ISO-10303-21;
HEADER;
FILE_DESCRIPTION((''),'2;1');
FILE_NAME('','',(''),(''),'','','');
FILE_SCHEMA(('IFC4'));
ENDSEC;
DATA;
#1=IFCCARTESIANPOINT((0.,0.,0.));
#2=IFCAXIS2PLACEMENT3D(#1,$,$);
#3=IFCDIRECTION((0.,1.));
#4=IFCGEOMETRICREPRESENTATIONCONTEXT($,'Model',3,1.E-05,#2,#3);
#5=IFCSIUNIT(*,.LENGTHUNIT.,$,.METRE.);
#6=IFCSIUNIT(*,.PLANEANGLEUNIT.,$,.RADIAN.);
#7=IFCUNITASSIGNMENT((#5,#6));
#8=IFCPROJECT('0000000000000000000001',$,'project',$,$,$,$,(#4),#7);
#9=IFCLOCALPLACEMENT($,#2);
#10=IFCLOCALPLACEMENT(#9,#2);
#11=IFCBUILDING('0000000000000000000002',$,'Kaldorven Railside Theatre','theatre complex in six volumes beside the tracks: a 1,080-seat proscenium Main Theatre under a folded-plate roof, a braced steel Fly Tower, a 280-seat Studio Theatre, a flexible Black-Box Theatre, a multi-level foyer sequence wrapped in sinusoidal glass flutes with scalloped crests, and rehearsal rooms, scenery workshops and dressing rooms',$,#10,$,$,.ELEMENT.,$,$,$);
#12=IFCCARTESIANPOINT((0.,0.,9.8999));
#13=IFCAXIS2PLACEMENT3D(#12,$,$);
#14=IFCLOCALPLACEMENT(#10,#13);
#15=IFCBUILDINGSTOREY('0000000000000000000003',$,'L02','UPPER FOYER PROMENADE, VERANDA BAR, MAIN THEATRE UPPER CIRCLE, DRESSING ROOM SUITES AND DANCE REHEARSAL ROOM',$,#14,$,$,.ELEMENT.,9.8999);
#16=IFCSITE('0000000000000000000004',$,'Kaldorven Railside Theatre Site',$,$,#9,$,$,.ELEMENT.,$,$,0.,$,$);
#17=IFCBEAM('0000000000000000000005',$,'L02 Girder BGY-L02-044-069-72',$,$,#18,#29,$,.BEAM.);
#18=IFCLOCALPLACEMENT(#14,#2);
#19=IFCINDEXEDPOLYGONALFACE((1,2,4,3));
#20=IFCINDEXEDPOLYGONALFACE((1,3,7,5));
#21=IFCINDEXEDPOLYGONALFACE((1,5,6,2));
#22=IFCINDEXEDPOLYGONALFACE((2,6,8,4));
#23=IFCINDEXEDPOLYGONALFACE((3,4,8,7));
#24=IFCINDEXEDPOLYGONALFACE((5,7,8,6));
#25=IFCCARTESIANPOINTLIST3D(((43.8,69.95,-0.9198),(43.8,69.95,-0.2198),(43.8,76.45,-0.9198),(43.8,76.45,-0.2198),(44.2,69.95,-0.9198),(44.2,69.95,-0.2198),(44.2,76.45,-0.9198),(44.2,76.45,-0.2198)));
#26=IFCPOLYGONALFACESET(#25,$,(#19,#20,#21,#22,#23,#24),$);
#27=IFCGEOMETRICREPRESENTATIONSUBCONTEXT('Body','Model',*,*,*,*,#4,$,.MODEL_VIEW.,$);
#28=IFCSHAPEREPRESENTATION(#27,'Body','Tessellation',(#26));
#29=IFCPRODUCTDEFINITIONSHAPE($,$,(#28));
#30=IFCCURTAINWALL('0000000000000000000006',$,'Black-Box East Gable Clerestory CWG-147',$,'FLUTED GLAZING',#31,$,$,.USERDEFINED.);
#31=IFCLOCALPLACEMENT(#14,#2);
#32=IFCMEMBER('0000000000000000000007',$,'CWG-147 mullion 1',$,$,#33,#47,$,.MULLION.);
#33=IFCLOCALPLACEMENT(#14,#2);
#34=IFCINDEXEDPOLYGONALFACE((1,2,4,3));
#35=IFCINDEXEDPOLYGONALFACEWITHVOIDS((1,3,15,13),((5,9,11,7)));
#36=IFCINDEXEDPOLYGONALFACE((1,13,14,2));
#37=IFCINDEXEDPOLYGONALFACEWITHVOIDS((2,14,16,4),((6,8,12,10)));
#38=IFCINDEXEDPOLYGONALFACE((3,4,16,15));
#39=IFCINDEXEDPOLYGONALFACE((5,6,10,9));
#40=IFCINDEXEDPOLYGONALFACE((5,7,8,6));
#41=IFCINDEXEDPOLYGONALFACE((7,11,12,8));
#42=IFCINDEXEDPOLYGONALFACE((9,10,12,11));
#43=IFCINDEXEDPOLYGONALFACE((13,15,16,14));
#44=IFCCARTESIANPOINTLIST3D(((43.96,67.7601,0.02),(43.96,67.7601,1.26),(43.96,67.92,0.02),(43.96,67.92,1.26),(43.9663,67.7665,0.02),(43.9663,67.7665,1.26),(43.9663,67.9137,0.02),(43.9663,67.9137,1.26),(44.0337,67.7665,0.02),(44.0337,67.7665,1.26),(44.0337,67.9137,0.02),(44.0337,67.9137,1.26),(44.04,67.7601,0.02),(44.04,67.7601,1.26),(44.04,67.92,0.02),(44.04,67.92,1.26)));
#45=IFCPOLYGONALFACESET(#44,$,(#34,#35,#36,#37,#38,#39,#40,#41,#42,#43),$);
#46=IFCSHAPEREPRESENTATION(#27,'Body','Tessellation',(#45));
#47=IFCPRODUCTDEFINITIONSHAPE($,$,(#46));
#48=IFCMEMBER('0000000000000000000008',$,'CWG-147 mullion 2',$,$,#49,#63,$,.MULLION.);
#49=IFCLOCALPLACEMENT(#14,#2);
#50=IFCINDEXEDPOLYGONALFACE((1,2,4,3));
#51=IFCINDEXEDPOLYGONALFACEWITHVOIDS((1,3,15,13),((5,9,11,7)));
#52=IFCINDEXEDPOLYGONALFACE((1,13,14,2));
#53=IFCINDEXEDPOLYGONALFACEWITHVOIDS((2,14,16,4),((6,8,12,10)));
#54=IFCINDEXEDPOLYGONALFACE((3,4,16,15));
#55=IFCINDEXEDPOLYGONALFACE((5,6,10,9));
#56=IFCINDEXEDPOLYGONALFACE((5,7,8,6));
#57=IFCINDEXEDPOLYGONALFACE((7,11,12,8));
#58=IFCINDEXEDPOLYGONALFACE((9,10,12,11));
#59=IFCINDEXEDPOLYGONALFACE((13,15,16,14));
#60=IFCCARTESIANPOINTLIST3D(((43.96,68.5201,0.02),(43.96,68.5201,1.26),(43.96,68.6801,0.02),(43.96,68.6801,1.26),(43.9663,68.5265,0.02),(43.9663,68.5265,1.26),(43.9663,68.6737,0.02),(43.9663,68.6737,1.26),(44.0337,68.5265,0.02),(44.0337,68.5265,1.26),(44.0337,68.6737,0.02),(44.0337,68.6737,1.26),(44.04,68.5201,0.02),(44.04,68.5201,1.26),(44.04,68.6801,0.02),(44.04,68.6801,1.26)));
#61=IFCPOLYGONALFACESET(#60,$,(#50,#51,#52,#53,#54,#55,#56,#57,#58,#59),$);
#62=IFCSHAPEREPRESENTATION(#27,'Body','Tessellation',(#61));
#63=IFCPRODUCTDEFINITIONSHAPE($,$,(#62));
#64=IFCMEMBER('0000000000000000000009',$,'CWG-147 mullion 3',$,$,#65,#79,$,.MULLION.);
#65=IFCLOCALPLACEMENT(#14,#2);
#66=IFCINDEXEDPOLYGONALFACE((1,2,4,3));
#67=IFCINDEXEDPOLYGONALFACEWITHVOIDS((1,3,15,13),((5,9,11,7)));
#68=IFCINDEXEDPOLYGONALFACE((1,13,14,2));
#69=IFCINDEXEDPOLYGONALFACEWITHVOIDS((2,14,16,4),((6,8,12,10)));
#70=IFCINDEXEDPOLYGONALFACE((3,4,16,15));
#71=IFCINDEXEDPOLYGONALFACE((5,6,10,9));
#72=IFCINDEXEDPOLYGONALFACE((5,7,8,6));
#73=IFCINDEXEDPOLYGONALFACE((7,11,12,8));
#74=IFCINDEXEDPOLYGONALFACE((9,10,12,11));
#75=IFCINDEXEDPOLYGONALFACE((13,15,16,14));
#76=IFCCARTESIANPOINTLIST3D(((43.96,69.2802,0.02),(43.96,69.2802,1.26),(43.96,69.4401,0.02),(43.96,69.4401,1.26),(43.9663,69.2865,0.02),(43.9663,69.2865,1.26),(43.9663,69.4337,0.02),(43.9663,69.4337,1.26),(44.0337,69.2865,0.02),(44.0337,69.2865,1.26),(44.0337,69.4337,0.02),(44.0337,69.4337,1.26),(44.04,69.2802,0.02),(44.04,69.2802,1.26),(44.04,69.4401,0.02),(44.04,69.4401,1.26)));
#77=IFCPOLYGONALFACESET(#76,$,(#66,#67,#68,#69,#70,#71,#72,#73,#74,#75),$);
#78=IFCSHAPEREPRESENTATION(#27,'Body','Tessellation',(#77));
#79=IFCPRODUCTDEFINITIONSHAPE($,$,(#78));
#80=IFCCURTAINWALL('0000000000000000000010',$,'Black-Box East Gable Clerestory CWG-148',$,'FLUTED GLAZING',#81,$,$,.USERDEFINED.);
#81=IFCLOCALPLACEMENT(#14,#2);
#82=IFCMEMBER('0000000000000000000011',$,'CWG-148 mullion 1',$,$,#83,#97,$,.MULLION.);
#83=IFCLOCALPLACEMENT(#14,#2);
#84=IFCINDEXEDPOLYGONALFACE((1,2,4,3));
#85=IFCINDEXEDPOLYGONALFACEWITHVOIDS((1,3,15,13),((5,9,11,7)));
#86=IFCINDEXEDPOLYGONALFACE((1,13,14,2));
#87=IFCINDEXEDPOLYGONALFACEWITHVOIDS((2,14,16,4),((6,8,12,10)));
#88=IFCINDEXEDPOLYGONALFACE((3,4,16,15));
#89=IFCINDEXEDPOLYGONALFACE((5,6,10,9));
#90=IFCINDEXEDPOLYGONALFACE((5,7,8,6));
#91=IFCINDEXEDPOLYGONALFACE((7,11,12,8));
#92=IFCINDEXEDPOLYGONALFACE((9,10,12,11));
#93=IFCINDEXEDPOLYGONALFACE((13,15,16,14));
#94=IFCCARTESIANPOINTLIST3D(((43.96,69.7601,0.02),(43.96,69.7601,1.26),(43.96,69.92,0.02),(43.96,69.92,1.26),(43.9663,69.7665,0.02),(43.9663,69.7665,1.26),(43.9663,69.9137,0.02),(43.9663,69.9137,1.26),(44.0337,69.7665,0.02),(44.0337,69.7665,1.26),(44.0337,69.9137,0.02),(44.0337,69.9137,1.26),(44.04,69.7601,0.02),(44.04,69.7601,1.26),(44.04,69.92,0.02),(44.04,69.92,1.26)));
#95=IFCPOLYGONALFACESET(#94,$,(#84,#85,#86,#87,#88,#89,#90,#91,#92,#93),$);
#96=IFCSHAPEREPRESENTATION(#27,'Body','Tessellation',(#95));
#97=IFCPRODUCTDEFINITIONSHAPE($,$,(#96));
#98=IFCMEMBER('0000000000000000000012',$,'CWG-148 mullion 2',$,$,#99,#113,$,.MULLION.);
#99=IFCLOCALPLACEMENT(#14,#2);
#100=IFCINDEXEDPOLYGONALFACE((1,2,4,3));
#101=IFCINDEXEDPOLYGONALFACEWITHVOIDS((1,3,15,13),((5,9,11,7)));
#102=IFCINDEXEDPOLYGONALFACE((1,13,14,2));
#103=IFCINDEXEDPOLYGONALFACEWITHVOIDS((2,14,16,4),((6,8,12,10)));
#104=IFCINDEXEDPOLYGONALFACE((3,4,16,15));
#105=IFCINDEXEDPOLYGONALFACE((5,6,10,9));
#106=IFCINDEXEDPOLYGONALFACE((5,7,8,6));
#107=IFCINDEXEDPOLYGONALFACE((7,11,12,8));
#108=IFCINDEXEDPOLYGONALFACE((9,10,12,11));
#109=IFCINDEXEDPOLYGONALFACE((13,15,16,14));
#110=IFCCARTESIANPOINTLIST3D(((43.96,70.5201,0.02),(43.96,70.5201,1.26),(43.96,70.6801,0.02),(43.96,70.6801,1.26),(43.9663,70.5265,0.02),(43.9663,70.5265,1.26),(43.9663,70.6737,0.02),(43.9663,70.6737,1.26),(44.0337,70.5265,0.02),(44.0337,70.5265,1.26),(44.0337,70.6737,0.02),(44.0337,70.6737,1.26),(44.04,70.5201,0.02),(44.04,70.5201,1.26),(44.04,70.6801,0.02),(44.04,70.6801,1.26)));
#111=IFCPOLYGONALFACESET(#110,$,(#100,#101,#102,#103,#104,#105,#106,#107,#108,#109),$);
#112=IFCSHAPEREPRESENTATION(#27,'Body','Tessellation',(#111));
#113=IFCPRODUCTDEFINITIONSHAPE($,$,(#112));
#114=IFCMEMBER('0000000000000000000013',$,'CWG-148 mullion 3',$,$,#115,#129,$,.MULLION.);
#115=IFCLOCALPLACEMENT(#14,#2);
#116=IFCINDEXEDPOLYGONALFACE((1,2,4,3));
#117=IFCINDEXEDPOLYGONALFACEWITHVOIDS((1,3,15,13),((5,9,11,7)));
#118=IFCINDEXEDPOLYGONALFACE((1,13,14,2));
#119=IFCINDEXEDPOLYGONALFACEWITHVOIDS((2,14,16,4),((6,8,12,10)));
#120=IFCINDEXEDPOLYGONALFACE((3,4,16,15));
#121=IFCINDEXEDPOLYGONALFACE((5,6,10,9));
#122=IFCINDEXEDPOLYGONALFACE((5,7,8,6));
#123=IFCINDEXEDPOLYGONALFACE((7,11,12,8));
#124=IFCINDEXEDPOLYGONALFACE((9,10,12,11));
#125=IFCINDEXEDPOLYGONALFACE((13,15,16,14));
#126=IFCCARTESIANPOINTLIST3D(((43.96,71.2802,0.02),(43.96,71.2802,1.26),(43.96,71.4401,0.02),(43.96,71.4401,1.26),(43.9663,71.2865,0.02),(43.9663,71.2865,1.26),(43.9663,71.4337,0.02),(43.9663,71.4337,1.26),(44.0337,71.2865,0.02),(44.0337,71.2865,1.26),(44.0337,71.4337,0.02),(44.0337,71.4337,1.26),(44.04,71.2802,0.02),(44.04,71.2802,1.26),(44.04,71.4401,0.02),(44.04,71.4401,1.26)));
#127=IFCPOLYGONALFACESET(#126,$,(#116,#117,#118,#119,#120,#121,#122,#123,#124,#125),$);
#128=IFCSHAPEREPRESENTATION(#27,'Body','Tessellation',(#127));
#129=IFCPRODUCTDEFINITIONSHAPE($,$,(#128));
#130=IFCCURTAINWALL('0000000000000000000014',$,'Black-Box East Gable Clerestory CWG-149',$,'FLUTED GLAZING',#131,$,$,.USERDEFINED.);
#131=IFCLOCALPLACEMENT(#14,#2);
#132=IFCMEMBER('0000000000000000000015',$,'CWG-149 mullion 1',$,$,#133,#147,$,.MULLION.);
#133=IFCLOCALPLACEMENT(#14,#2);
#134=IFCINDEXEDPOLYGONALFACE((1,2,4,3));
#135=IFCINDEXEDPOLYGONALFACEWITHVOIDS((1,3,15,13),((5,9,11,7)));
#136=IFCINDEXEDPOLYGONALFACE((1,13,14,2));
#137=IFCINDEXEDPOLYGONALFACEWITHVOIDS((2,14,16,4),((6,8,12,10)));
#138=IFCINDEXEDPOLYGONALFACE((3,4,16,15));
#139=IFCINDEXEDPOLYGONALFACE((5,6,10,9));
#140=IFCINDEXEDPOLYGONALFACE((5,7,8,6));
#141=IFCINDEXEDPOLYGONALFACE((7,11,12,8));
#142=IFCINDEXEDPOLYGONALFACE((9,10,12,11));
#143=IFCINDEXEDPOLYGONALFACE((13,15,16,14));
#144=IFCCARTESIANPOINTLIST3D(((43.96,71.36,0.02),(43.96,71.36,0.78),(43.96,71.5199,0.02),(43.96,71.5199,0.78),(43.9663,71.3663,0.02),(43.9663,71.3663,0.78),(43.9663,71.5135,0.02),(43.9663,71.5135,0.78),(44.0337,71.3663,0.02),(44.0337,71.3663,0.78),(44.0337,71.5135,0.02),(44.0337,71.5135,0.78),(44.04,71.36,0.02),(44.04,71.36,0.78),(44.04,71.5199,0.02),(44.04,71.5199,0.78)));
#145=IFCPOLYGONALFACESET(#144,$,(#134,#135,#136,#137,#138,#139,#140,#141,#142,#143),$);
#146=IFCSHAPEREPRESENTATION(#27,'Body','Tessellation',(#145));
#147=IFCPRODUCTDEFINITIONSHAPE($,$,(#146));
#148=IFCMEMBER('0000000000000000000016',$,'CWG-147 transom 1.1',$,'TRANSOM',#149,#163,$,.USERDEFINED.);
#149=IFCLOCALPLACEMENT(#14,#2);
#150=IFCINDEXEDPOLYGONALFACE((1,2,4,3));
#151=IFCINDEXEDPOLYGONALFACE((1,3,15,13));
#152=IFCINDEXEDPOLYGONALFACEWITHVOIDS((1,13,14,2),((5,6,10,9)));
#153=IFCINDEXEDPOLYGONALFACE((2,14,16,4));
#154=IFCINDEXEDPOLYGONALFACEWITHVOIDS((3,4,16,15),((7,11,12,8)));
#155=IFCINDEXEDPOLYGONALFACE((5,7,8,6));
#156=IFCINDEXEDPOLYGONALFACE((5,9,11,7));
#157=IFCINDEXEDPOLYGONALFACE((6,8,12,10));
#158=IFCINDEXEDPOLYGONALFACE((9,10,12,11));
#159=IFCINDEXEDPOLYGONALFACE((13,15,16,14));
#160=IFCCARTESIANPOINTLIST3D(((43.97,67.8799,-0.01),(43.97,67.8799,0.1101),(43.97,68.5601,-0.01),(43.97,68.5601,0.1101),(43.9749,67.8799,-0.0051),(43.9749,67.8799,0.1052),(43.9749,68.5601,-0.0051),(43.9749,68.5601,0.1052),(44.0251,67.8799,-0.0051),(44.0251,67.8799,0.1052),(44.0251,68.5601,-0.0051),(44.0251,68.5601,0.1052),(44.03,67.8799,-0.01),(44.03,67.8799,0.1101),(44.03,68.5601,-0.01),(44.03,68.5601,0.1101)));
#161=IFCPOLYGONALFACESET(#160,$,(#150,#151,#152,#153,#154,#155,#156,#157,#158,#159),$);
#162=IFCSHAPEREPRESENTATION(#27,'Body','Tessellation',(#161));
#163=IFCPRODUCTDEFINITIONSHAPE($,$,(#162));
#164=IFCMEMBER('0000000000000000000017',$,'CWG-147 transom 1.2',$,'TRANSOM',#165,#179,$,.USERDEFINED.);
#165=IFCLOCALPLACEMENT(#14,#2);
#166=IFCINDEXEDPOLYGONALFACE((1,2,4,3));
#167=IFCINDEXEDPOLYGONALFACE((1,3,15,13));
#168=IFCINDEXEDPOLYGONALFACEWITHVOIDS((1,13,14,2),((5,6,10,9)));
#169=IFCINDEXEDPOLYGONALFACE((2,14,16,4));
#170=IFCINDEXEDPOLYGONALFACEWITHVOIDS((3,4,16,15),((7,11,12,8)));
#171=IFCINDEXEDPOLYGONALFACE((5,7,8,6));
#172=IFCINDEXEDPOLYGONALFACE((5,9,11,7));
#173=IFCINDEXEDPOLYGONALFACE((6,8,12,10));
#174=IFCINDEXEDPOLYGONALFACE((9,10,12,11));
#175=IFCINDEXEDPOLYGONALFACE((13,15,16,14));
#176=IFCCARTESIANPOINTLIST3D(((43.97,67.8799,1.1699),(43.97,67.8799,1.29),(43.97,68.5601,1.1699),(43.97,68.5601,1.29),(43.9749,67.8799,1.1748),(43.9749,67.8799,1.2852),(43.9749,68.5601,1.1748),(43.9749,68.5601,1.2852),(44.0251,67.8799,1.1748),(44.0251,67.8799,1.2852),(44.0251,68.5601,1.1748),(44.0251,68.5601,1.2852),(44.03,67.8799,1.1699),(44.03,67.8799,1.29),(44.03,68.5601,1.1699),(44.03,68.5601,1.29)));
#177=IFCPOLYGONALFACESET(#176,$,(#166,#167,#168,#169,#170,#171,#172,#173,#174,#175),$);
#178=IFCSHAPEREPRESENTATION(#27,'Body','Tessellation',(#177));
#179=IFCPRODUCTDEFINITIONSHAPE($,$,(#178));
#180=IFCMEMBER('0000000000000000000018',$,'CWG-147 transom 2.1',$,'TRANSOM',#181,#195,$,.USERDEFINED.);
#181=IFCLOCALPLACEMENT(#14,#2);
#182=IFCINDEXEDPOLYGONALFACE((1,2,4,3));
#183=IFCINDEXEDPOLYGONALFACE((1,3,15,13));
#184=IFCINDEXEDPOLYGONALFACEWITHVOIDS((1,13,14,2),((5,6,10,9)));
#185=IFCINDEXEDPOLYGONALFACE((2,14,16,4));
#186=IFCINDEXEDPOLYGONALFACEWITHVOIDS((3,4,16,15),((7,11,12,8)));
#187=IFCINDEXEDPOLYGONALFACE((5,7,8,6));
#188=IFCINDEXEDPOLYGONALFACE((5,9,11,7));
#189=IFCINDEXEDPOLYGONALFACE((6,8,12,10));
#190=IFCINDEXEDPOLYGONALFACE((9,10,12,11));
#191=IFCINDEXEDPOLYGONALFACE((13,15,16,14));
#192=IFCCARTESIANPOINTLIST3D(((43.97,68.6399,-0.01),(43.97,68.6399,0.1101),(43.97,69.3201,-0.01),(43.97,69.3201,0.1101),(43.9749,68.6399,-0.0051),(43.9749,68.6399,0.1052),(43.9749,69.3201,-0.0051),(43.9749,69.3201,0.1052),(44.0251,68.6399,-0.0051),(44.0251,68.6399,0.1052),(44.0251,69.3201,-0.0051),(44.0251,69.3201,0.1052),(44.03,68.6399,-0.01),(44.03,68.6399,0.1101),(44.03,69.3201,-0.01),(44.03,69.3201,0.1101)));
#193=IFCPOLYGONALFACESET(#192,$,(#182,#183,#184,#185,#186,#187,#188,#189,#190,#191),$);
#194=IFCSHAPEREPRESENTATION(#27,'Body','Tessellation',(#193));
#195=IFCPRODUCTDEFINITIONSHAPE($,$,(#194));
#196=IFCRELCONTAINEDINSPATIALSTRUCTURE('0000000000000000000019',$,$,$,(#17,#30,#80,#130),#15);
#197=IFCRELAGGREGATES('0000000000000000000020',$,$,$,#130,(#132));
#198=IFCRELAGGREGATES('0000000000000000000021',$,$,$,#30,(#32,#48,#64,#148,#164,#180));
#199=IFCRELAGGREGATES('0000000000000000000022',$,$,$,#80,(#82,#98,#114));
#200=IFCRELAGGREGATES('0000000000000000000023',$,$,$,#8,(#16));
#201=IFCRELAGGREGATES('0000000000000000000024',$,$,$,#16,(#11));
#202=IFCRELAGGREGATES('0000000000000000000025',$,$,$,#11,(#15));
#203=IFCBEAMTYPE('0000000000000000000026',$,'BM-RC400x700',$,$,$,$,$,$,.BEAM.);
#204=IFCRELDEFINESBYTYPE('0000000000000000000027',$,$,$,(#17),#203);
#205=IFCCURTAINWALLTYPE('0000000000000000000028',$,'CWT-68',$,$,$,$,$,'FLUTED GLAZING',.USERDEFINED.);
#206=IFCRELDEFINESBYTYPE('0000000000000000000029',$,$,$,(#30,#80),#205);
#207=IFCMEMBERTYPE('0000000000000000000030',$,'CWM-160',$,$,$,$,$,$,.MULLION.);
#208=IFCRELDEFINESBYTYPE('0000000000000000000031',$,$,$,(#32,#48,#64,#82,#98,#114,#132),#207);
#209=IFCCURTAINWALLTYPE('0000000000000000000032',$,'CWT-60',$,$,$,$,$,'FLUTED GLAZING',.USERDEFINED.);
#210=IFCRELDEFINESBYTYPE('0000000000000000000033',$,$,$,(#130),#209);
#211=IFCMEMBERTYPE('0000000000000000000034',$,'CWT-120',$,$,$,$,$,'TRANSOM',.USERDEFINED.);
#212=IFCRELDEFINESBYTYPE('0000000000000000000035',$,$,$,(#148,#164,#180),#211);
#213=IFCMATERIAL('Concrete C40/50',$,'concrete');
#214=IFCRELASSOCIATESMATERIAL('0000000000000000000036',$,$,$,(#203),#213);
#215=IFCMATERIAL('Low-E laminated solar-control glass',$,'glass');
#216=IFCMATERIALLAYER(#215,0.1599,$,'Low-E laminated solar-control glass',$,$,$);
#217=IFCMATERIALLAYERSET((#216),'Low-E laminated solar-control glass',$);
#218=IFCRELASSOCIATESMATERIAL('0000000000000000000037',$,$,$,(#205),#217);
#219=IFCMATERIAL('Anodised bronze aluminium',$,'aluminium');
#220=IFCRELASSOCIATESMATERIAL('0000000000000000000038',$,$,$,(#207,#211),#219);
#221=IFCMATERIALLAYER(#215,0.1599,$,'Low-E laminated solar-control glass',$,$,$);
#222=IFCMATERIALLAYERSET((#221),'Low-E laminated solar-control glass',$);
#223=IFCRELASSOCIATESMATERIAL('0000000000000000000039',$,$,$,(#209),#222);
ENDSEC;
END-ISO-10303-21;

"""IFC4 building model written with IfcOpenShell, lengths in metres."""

from ifc_helpers import new_model, si_unit, direction, frame, origin, origin_2d, place, context, subcontext, project, spatial, rectangle, hollow_rectangle, extrude, material, layer, layer_set, material_profile, profile_set, type_object, element, aggregate, save


model = new_model("IFC4")

# Units and contexts
model_context = context("Model", 3, precision=1e-05, world=origin(), true_north=direction((0.0, 1.0)))
body_context = subcontext(model_context, "Body", "Model", "MODEL_VIEW")
ifc_project = project(units=[si_unit("LENGTHUNIT", "METRE"), si_unit("PLANEANGLEUNIT", "RADIAN")], contexts=[model_context])

# Site, building, storey
site_placement = place(None, origin())
site = spatial("IfcSite", under=ifc_project, at=site_placement, Name="Kaldorven Railside Theatre Site", CompositionType="ELEMENT", RefElevation=0.0)
building_placement = place(site_placement, origin())
building = spatial("IfcBuilding", under=site, at=building_placement, Name="Kaldorven Railside Theatre", Description="theatre complex in six volumes beside the tracks: a 1,080-seat proscenium Main Theatre under a folded-plate roof, a braced steel Fly Tower, a 280-seat Studio Theatre, a flexible Black-Box Theatre, a multi-level foyer sequence wrapped in sinusoidal glass flutes with scalloped crests, and rehearsal rooms, scenery workshops and dressing rooms", CompositionType="ELEMENT")
storey_placement = place(building_placement, frame((0.0, 0.0, 9.8999)))
storey = spatial("IfcBuildingStorey", under=building, at=storey_placement, Name="L02", Description="UPPER FOYER PROMENADE, VERANDA BAR, MAIN THEATRE UPPER CIRCLE, DRESSING ROOM SUITES AND DANCE REHEARSAL ROOM", CompositionType="ELEMENT", Elevation=9.8999)

# Beam
ifc_material_1 = material(Name="Concrete C40/50", Category="concrete")
ifc_material_profile_1 = material_profile(ifc_material_1, rectangle(XDim=0.3999, YDim=0.7, at=origin_2d()), Name="RC 400x700")
ifc_profile_set_1 = profile_set([ifc_material_profile_1], Name="Concrete C40/50")
beam_type = type_object("IfcBeamType", Name="BM-RC400x700", PredefinedType="BEAM", material=ifc_profile_set_1)
beam_placement = place(storey_placement, frame((44.0, 69.95, -0.5698), z_axis=(0.0, 1.0, 0.0), x_axis=(-1.0, 0.0, 0.0)))
element("IfcBeam", 1, at=beam_placement, inside=storey, type_object=beam_type, Name="L02 Girder BGY-L02-044-069-72", PredefinedType="BEAM", context=body_context, shape_type="SweptSolid", body=[
    extrude(rectangle(XDim=0.3999, YDim=0.7, at=origin_2d()), origin(), (0.0, 0.0, 1.0), 6.5),
])

# Curtain walls, members
ifc_material_2 = material(Name="Low-E laminated solar-control glass", Category="glass")
ifc_layer_1 = layer(ifc_material_2, 0.1599, Name="Low-E laminated solar-control glass")
ifc_layer_set_1 = layer_set([ifc_layer_1], Name="Low-E laminated solar-control glass")
curtain_wall_type_1 = type_object("IfcCurtainWallType", Name="CWT-68", ElementType="FLUTED GLAZING", PredefinedType="USERDEFINED", material=ifc_layer_set_1)
curtain_wall_1_placement = place(storey_placement, origin())
curtain_wall_1 = element("IfcCurtainWall", 2, at=curtain_wall_1_placement, inside=storey, type_object=curtain_wall_type_1, Name="Black-Box East Gable Clerestory CWG-147", ObjectType="FLUTED GLAZING", PredefinedType="USERDEFINED")
ifc_material_3 = material(Name="Anodised bronze aluminium", Category="aluminium")
ifc_material_profile_2 = material_profile(ifc_material_3, hollow_rectangle(XDim=0.0801, YDim=0.1599, WallThickness=0.0063, at=origin_2d()), Name="RHS 160x80x6.3")
ifc_profile_set_2 = profile_set([ifc_material_profile_2], Name="Anodised bronze aluminium")
member_type_1 = type_object("IfcMemberType", Name="CWM-160", PredefinedType="MULLION", material=ifc_profile_set_2)
member_1_placement = place(storey_placement, frame((44.0, 67.8401, 0.02), z_axis=(0.0, 0.0, 1.0), x_axis=(-1.0, 0.0, 0.0)))
member_1 = element("IfcMember", 3, at=member_1_placement, type_object=member_type_1, Name="CWG-147 mullion 1", PredefinedType="MULLION", context=body_context, shape_type="SweptSolid", body=[
    extrude(hollow_rectangle(XDim=0.0801, YDim=0.1599, WallThickness=0.0063, at=origin_2d()), origin(), (0.0, 0.0, 1.0), 1.24),
])
member_2_placement = place(storey_placement, frame((44.0, 68.6001, 0.02), z_axis=(0.0, 0.0, 1.0), x_axis=(-1.0, 0.0, 0.0)))
member_2 = element("IfcMember", 4, at=member_2_placement, type_object=member_type_1, Name="CWG-147 mullion 2", PredefinedType="MULLION", context=body_context, shape_type="SweptSolid", body=[
    extrude(hollow_rectangle(XDim=0.0801, YDim=0.1599, WallThickness=0.0063, at=origin_2d()), origin(), (0.0, 0.0, 1.0), 1.24),
])
member_3_placement = place(storey_placement, frame((44.0, 69.3601, 0.02), z_axis=(0.0, 0.0, 1.0), x_axis=(-1.0, 0.0, 0.0)))
member_3 = element("IfcMember", 5, at=member_3_placement, type_object=member_type_1, Name="CWG-147 mullion 3", PredefinedType="MULLION", context=body_context, shape_type="SweptSolid", body=[
    extrude(hollow_rectangle(XDim=0.0801, YDim=0.1599, WallThickness=0.0063, at=origin_2d()), origin(), (0.0, 0.0, 1.0), 1.24),
])
curtain_wall_2_placement = place(storey_placement, origin())
curtain_wall_2 = element("IfcCurtainWall", 6, at=curtain_wall_2_placement, inside=storey, type_object=curtain_wall_type_1, Name="Black-Box East Gable Clerestory CWG-148", ObjectType="FLUTED GLAZING", PredefinedType="USERDEFINED")
member_4_placement = place(storey_placement, frame((44.0, 69.8401, 0.02), z_axis=(0.0, 0.0, 1.0), x_axis=(-1.0, 0.0, 0.0)))
member_4 = element("IfcMember", 7, at=member_4_placement, type_object=member_type_1, Name="CWG-148 mullion 1", PredefinedType="MULLION", context=body_context, shape_type="SweptSolid", body=[
    extrude(hollow_rectangle(XDim=0.0801, YDim=0.1599, WallThickness=0.0063, at=origin_2d()), origin(), (0.0, 0.0, 1.0), 1.24),
])
member_5_placement = place(storey_placement, frame((44.0, 70.6001, 0.02), z_axis=(0.0, 0.0, 1.0), x_axis=(-1.0, 0.0, 0.0)))
member_5 = element("IfcMember", 8, at=member_5_placement, type_object=member_type_1, Name="CWG-148 mullion 2", PredefinedType="MULLION", context=body_context, shape_type="SweptSolid", body=[
    extrude(hollow_rectangle(XDim=0.0801, YDim=0.1599, WallThickness=0.0063, at=origin_2d()), origin(), (0.0, 0.0, 1.0), 1.24),
])
member_6_placement = place(storey_placement, frame((44.0, 71.3601, 0.02), z_axis=(0.0, 0.0, 1.0), x_axis=(-1.0, 0.0, 0.0)))
member_6 = element("IfcMember", 9, at=member_6_placement, type_object=member_type_1, Name="CWG-148 mullion 3", PredefinedType="MULLION", context=body_context, shape_type="SweptSolid", body=[
    extrude(hollow_rectangle(XDim=0.0801, YDim=0.1599, WallThickness=0.0063, at=origin_2d()), origin(), (0.0, 0.0, 1.0), 1.24),
])

# Curtain wall, member
ifc_layer_2 = layer(ifc_material_2, 0.1599, Name="Low-E laminated solar-control glass")
ifc_layer_set_2 = layer_set([ifc_layer_2], Name="Low-E laminated solar-control glass")
curtain_wall_type_2 = type_object("IfcCurtainWallType", Name="CWT-60", ElementType="FLUTED GLAZING", PredefinedType="USERDEFINED", material=ifc_layer_set_2)
curtain_wall_3_placement = place(storey_placement, origin())
curtain_wall_3 = element("IfcCurtainWall", 10, at=curtain_wall_3_placement, inside=storey, type_object=curtain_wall_type_2, Name="Black-Box East Gable Clerestory CWG-149", ObjectType="FLUTED GLAZING", PredefinedType="USERDEFINED")
member_7_placement = place(storey_placement, frame((44.0, 71.4399, 0.02), z_axis=(0.0, 0.0, 1.0), x_axis=(-1.0, 0.0, 0.0)))
member_7 = element("IfcMember", 11, at=member_7_placement, type_object=member_type_1, Name="CWG-149 mullion 1", PredefinedType="MULLION", context=body_context, shape_type="SweptSolid", body=[
    extrude(hollow_rectangle(XDim=0.0801, YDim=0.1599, WallThickness=0.0063, at=origin_2d()), origin(), (0.0, 0.0, 1.0), 0.76),
])
aggregate(curtain_wall_3, [member_7])

# Members
ifc_material_profile_3 = material_profile(ifc_material_3, hollow_rectangle(XDim=0.0601, YDim=0.1201, WallThickness=0.0049, at=origin_2d()), Name="RHS 120x60x5")
ifc_profile_set_3 = profile_set([ifc_material_profile_3], Name="Anodised bronze aluminium")
member_type_2 = type_object("IfcMemberType", Name="CWT-120", ElementType="TRANSOM", PredefinedType="USERDEFINED", material=ifc_profile_set_3)
member_8_placement = place(storey_placement, frame((44.0, 67.8799, 0.05), z_axis=(0.0, 1.0, 0.0), x_axis=(-1.0, 0.0, 0.0)))
member_8 = element("IfcMember", 12, at=member_8_placement, type_object=member_type_2, Name="CWG-147 transom 1.1", ObjectType="TRANSOM", PredefinedType="USERDEFINED", context=body_context, shape_type="SweptSolid", body=[
    extrude(hollow_rectangle(XDim=0.0601, YDim=0.1201, WallThickness=0.0049, at=origin_2d()), origin(), (0.0, 0.0, 1.0), 0.6802),
])
member_9_placement = place(storey_placement, frame((44.0, 67.8799, 1.23), z_axis=(0.0, 1.0, 0.0), x_axis=(-1.0, 0.0, 0.0)))
member_9 = element("IfcMember", 13, at=member_9_placement, type_object=member_type_2, Name="CWG-147 transom 1.2", ObjectType="TRANSOM", PredefinedType="USERDEFINED", context=body_context, shape_type="SweptSolid", body=[
    extrude(hollow_rectangle(XDim=0.0601, YDim=0.1201, WallThickness=0.0049, at=origin_2d()), origin(), (0.0, 0.0, 1.0), 0.6802),
])
member_10_placement = place(storey_placement, frame((44.0, 68.6399, 0.05), z_axis=(0.0, 1.0, 0.0), x_axis=(-1.0, 0.0, 0.0)))
member_10 = element("IfcMember", 14, at=member_10_placement, type_object=member_type_2, Name="CWG-147 transom 2.1", ObjectType="TRANSOM", PredefinedType="USERDEFINED", context=body_context, shape_type="SweptSolid", body=[
    extrude(hollow_rectangle(XDim=0.0601, YDim=0.1201, WallThickness=0.0049, at=origin_2d()), origin(), (0.0, 0.0, 1.0), 0.6802),
])

aggregate(curtain_wall_1, [member_1, member_2, member_3, member_8, member_9, member_10])
aggregate(curtain_wall_2, [member_4, member_5, member_6])

save(model, "model.ifc")
